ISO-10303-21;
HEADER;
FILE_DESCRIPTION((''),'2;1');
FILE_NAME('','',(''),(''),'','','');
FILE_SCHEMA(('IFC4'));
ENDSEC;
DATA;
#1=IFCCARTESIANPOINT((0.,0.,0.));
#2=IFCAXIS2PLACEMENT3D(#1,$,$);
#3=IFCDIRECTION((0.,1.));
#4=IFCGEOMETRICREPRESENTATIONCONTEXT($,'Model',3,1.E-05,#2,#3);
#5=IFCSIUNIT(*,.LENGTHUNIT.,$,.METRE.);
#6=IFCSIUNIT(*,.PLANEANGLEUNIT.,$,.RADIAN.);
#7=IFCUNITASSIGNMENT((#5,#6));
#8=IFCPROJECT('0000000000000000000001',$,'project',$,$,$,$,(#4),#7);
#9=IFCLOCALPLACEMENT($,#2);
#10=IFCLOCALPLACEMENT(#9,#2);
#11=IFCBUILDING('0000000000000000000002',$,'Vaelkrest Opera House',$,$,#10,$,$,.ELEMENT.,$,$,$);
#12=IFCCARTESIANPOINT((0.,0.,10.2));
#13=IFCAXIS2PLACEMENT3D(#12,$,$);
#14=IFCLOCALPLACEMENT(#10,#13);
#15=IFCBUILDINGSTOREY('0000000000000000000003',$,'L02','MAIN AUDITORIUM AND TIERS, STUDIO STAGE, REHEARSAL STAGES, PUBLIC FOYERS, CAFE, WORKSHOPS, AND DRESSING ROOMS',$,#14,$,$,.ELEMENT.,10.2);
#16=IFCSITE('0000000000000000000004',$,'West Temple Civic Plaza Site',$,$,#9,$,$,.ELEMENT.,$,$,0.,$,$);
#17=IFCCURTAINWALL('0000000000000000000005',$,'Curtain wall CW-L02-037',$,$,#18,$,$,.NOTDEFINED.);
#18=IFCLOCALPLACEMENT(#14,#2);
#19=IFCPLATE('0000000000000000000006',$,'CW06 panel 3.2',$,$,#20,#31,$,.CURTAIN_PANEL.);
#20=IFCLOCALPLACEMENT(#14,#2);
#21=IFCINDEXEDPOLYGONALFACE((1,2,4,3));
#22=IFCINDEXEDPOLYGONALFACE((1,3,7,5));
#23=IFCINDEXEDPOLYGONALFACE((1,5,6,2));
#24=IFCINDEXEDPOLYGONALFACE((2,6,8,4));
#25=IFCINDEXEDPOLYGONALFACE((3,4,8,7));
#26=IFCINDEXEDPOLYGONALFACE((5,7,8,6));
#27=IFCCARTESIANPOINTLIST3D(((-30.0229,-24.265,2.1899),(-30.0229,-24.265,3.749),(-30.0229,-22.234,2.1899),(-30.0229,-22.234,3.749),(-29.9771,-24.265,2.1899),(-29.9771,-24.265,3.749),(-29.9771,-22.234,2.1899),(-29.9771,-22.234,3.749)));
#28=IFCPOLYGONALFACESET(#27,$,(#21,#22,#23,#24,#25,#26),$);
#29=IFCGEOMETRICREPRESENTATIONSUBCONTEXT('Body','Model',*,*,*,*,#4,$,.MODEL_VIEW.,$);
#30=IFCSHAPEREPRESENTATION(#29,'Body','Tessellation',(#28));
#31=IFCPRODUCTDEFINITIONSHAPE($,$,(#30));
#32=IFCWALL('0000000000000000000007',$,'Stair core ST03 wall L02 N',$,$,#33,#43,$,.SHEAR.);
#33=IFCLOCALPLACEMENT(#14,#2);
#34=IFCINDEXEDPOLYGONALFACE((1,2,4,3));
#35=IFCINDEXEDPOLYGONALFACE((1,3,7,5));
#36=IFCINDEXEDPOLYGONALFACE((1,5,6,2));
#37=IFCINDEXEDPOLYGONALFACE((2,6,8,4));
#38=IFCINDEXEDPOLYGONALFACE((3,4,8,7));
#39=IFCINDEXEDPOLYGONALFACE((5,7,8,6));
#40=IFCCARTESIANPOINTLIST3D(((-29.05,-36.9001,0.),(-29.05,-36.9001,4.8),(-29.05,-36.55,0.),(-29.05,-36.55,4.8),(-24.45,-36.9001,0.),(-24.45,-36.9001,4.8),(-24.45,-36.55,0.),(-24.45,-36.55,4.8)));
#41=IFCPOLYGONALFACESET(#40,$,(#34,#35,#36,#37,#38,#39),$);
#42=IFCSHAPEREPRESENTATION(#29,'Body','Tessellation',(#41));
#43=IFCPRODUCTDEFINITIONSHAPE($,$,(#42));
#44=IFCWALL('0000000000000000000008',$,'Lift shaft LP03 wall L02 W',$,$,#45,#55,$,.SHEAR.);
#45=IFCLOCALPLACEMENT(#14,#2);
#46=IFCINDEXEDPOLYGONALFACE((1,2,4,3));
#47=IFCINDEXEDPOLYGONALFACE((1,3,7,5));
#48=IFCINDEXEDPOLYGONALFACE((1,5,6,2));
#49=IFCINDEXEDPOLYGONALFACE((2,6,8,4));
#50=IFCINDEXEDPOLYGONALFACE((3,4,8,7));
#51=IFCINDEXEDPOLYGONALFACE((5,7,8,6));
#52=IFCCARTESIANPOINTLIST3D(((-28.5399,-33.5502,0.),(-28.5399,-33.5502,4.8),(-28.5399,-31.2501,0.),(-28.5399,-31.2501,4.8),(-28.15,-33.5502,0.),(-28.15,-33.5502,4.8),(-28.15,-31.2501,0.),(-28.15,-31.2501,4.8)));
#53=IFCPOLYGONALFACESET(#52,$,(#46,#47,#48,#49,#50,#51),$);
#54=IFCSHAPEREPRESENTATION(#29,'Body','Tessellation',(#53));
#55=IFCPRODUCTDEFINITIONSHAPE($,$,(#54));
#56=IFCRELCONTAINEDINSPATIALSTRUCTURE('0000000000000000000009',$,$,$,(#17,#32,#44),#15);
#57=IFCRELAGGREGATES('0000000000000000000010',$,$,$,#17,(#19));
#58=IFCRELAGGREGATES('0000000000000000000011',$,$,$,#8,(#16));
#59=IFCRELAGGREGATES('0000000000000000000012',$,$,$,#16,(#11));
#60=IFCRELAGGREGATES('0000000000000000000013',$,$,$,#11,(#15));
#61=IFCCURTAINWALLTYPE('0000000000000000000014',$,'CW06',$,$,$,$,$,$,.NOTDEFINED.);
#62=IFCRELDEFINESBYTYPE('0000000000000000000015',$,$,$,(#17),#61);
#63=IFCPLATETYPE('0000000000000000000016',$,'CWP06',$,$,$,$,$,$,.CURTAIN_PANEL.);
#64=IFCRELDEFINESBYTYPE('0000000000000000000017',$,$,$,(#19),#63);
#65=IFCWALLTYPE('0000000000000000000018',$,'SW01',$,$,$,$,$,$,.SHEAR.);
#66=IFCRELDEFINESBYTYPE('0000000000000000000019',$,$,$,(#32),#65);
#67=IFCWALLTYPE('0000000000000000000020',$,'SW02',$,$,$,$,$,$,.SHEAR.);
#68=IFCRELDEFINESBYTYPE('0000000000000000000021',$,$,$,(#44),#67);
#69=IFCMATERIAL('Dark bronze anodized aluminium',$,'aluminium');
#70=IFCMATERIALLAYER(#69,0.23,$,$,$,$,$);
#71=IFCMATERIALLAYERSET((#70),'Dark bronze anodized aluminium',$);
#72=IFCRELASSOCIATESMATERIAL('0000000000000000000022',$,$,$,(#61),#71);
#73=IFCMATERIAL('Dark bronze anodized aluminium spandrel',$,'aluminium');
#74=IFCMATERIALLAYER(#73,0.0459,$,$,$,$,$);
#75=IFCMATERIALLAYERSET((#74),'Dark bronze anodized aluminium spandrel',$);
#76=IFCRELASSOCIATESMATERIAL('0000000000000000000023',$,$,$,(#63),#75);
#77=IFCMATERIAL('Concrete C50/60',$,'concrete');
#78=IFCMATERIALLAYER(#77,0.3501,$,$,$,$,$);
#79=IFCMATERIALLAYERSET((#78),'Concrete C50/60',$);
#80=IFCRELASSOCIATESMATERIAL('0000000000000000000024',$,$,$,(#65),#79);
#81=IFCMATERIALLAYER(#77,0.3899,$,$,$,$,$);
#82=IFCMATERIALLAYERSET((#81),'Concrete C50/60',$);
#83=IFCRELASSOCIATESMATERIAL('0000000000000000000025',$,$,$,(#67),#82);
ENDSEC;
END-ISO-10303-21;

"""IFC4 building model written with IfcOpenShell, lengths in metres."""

from ifc_helpers import new_model, si_unit, direction, frame, frame_2d, origin, origin_2d, place, context, subcontext, project, spatial, rectangle, extrude, material, layer, layer_set, type_object, element, aggregate, save


model = new_model("IFC4")

# Units and contexts
model_context = context("Model", 3, precision=1e-05, world=origin(), true_north=direction((0.0, 1.0)))
body_context = subcontext(model_context, "Body", "Model", "MODEL_VIEW")
ifc_project = project(units=[si_unit("LENGTHUNIT", "METRE"), si_unit("PLANEANGLEUNIT", "RADIAN")], contexts=[model_context])

# Site, building, storey
site_placement = place(None, origin())
site = spatial("IfcSite", under=ifc_project, at=site_placement, Name="West Temple Civic Plaza Site", CompositionType="ELEMENT", RefElevation=0.0)
building_placement = place(site_placement, origin())
building = spatial("IfcBuilding", under=site, at=building_placement, Name="Vaelkrest Opera House", CompositionType="ELEMENT")
storey_placement = place(building_placement, frame((0.0, 0.0, 10.2)))
storey = spatial("IfcBuildingStorey", under=building, at=storey_placement, Name="L02", Description="MAIN AUDITORIUM AND TIERS, STUDIO STAGE, REHEARSAL STAGES, PUBLIC FOYERS, CAFE, WORKSHOPS, AND DRESSING ROOMS", CompositionType="ELEMENT", Elevation=10.2)

# Shared definitions
ifc_material_1 = material(Name="Concrete C50/60", Category="concrete")

# Curtain wall
ifc_material_2 = material(Name="Dark bronze anodized aluminium", Category="aluminium")
ifc_layer_1 = layer(ifc_material_2, 0.23)
ifc_layer_set_1 = layer_set([ifc_layer_1], Name="Dark bronze anodized aluminium")
curtain_wall_type = type_object("IfcCurtainWallType", Name="CW06", PredefinedType="NOTDEFINED", material=ifc_layer_set_1)
curtain_wall_placement = place(storey_placement, origin())
curtain_wall = element("IfcCurtainWall", 1, at=curtain_wall_placement, inside=storey, type_object=curtain_wall_type, Name="Curtain wall CW-L02-037", PredefinedType="NOTDEFINED")

# Plate
ifc_material_3 = material(Name="Dark bronze anodized aluminium spandrel", Category="aluminium")
ifc_layer_2 = layer(ifc_material_3, 0.0459)
ifc_layer_set_2 = layer_set([ifc_layer_2], Name="Dark bronze anodized aluminium spandrel")
plate_type = type_object("IfcPlateType", Name="CWP06", PredefinedType="CURTAIN_PANEL", material=ifc_layer_set_2)
plate_1_placement = place(storey_placement, frame((-30.0, -23.2495, 2.1899), z_axis=(0.0, 0.0, 1.0), x_axis=(0.0, 1.0, 0.0)))
plate_1 = element("IfcPlate", 2, at=plate_1_placement, type_object=plate_type, Name="CW06 panel 3.2", PredefinedType="CURTAIN_PANEL", context=body_context, shape_type="SweptSolid", body=[
    extrude(rectangle(XDim=2.031, YDim=0.0459, at=origin_2d()), origin(), (0.0, 0.0, 1.0), 1.5591),
])
aggregate(curtain_wall, [plate_1])

# Wall
ifc_layer_3 = layer(ifc_material_1, 0.3501)
ifc_layer_set_3 = layer_set([ifc_layer_3], Name="Concrete C50/60")
wall_type_1 = type_object("IfcWallType", Name="SW01", PredefinedType="SHEAR", material=ifc_layer_set_3)
wall_1_placement = place(storey_placement, frame((-29.05, -36.7251, 0.0), z_axis=(0.0, 0.0, 1.0), x_axis=(1.0, 0.0, 0.0)))
element("IfcWall", 3, at=wall_1_placement, inside=storey, type_object=wall_type_1, Name="Stair core ST03 wall L02 N", PredefinedType="SHEAR", context=body_context, shape_type="SweptSolid", body=[
    extrude(rectangle(XDim=4.6001, YDim=0.3501, at=frame_2d((2.3, 0.0))), origin(), (0.0, 0.0, 1.0), 4.8),
])

# Shared definitions
ifc_layer_4 = layer(ifc_material_1, 0.3899)
ifc_layer_set_4 = layer_set([ifc_layer_4], Name="Concrete C50/60")
wall_type_2 = type_object("IfcWallType", Name="SW02", PredefinedType="SHEAR", material=ifc_layer_set_4)

# Wall
wall_2_placement = place(storey_placement, frame((-28.345, -33.55, 0.0), z_axis=(0.0, 0.0, 1.0), x_axis=(0.0, 1.0, 0.0)))
element("IfcWall", 4, at=wall_2_placement, inside=storey, type_object=wall_type_2, Name="Lift shaft LP03 wall L02 W", PredefinedType="SHEAR", context=body_context, shape_type="SweptSolid", body=[
    extrude(rectangle(XDim=2.3, YDim=0.3899, at=frame_2d((1.1499, 0.0))), origin(), (0.0, 0.0, 1.0), 4.8),
])

save(model, "model.ifc")
